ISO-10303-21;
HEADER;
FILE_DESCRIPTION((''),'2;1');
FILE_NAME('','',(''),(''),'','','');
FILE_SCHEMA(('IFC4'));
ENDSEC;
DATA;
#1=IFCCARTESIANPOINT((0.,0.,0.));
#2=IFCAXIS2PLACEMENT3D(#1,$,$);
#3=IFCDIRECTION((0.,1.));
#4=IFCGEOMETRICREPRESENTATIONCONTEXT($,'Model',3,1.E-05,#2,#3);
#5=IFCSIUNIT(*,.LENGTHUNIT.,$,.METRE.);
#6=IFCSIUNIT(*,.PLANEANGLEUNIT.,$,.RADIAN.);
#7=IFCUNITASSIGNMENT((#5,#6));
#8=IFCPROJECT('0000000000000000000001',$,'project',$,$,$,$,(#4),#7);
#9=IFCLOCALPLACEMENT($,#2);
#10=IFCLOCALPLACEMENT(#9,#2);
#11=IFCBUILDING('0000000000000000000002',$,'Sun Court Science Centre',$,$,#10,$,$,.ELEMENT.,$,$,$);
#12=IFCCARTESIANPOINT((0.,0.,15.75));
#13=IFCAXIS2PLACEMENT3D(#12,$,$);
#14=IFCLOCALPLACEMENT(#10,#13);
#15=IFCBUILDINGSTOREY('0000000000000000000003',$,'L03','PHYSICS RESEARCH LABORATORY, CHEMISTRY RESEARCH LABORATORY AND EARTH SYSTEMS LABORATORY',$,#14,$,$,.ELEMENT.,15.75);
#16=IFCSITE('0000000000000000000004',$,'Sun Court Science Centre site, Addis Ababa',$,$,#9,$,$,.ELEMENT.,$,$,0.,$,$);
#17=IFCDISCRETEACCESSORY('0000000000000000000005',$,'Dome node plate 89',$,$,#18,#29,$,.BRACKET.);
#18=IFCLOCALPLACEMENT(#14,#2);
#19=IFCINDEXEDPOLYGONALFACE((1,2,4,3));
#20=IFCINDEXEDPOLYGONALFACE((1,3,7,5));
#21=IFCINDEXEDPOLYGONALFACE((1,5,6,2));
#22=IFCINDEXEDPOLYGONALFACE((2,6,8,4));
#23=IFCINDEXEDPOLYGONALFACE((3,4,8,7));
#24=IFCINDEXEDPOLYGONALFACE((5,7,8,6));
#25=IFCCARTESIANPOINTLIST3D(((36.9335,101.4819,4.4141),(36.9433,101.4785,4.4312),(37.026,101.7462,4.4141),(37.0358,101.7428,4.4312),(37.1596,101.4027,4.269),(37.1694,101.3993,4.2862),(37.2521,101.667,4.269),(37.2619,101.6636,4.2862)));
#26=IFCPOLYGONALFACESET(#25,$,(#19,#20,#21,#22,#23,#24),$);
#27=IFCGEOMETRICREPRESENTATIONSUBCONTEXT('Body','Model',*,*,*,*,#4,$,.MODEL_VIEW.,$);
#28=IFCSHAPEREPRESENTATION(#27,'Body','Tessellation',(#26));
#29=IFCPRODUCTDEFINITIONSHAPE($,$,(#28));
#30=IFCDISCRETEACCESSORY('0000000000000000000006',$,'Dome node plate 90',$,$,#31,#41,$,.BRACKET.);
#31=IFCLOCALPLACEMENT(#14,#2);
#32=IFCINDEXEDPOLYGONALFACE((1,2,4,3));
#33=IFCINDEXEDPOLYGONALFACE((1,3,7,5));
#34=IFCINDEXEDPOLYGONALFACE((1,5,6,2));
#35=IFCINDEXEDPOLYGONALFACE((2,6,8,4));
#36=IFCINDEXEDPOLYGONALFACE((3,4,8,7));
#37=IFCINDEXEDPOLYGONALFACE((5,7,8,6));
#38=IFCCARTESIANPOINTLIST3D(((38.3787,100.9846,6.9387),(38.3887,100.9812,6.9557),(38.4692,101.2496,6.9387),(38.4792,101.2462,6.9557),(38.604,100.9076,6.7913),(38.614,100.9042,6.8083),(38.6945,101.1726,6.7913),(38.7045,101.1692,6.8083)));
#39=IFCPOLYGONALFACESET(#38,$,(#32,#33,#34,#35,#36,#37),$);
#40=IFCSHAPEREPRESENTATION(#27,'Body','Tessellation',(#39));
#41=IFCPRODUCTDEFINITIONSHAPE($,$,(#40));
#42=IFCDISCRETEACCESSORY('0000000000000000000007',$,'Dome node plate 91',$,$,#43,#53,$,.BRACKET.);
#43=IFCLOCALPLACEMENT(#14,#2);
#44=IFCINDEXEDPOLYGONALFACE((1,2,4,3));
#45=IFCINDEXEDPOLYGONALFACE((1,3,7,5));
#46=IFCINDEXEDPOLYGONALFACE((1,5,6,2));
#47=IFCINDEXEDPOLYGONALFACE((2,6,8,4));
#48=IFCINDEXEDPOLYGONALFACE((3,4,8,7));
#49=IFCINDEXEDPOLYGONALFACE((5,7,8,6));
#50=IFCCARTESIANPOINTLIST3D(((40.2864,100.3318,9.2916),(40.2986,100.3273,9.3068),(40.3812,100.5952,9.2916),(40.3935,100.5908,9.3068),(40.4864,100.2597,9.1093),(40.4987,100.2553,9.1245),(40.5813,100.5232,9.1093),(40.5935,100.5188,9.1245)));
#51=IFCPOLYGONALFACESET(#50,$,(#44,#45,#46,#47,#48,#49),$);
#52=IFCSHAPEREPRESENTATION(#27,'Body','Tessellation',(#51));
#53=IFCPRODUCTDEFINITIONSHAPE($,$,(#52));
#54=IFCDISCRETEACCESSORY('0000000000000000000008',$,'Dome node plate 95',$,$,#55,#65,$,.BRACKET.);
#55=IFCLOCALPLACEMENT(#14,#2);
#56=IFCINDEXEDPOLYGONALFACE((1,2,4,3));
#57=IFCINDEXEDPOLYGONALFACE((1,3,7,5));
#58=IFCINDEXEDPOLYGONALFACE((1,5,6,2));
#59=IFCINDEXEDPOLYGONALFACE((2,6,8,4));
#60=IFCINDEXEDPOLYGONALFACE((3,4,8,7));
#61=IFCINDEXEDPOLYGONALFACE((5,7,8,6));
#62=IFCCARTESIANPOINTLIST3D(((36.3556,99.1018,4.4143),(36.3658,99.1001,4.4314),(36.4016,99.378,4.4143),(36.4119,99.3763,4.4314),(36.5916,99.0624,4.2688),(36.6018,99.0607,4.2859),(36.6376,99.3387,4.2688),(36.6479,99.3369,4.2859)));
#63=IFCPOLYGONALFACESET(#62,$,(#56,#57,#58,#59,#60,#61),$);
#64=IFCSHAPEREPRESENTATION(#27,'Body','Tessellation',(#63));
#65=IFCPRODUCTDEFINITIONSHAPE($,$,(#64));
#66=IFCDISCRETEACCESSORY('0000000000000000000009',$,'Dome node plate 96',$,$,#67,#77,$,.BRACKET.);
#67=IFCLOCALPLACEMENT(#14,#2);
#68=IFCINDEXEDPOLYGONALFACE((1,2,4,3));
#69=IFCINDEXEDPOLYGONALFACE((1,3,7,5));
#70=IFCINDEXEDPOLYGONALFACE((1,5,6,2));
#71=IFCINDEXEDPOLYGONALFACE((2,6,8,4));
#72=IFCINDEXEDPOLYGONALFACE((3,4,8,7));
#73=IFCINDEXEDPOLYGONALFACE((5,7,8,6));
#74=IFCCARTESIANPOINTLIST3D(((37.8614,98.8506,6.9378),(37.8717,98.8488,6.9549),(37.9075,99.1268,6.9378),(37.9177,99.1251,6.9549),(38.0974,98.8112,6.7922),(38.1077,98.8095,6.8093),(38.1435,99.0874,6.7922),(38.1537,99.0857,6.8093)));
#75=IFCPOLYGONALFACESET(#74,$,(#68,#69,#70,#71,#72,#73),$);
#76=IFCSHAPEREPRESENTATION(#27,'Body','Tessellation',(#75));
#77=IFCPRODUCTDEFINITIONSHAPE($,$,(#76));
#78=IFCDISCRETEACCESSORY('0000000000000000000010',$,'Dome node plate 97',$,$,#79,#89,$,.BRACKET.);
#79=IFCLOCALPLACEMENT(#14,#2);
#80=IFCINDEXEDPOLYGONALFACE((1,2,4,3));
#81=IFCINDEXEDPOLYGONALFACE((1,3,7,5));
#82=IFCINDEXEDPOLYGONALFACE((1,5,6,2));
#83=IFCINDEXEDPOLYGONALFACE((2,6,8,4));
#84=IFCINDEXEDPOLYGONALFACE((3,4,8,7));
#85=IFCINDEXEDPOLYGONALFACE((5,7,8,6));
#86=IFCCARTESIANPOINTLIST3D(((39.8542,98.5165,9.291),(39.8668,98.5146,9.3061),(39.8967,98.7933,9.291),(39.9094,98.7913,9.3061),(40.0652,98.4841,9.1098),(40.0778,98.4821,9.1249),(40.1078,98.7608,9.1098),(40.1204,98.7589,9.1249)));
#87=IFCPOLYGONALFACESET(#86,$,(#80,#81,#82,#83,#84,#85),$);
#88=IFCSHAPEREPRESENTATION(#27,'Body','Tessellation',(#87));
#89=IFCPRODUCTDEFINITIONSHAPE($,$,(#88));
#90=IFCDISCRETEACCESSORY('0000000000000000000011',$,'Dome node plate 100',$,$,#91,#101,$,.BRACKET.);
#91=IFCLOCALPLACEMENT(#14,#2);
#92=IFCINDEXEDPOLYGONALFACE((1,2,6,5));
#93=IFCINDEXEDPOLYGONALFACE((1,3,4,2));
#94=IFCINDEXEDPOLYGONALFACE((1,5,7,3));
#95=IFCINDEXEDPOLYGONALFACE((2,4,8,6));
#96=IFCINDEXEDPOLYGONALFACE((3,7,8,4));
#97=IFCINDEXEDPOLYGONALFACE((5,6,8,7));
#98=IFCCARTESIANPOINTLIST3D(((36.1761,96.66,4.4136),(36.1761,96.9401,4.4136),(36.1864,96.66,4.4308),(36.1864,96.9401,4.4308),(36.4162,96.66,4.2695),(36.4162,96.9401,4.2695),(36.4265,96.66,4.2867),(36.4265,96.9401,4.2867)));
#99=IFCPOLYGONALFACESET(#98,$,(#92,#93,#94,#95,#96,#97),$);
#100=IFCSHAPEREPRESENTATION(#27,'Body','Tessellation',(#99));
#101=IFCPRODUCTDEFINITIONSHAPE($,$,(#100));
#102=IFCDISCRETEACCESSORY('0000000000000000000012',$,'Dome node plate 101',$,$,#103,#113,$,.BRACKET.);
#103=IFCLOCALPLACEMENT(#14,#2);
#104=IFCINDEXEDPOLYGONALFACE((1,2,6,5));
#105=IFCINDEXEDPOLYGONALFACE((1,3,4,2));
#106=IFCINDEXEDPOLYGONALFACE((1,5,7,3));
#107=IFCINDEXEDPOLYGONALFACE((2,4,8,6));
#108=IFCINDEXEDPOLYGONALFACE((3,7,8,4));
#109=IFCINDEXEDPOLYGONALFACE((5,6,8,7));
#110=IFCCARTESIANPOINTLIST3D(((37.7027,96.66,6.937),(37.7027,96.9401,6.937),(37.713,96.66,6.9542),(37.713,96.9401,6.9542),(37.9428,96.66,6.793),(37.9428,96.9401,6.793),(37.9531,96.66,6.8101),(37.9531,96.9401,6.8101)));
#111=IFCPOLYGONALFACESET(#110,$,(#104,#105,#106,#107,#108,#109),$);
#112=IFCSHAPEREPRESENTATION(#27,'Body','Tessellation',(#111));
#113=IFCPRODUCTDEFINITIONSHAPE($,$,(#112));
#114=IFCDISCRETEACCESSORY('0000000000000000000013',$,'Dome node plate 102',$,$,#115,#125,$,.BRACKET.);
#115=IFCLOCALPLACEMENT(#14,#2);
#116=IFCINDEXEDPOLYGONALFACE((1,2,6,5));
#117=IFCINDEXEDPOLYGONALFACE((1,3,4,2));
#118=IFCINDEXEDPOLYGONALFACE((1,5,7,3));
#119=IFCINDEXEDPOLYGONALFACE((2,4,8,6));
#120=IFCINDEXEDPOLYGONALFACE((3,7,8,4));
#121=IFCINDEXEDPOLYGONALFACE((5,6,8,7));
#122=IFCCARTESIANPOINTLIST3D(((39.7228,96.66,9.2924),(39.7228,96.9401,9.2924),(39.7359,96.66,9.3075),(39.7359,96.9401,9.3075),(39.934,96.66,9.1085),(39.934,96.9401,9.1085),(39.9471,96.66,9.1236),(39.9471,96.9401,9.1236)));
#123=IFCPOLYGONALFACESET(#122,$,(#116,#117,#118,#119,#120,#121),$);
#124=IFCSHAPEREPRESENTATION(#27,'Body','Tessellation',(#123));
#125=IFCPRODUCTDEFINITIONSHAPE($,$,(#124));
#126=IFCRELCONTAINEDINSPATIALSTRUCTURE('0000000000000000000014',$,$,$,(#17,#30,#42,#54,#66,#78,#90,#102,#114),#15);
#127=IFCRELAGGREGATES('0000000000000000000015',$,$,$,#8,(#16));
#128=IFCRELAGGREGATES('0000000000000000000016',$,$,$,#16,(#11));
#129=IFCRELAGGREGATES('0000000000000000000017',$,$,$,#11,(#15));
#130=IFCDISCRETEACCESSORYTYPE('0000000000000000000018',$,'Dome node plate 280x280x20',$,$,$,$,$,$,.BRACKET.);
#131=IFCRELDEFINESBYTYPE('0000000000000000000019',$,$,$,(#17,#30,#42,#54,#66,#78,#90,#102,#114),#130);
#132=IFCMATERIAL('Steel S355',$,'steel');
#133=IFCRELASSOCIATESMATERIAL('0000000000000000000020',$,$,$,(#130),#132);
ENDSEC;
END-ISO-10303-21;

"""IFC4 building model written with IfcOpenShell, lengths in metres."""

from ifc_helpers import new_model, si_unit, direction, frame, origin, origin_2d, place, context, subcontext, project, spatial, rectangle, extrude, material, material_profile, profile_set, type_object, element, save


model = new_model("IFC4")

# Units and contexts
model_context = context("Model", 3, precision=1e-05, world=origin(), true_north=direction((0.0, 1.0)))
body_context = subcontext(model_context, "Body", "Model", "MODEL_VIEW")
ifc_project = project(units=[si_unit("LENGTHUNIT", "METRE"), si_unit("PLANEANGLEUNIT", "RADIAN")], contexts=[model_context])

# Site, building, storey
site_placement = place(None, origin())
site = spatial("IfcSite", under=ifc_project, at=site_placement, Name="Sun Court Science Centre site, Addis Ababa", CompositionType="ELEMENT", RefElevation=0.0)
building_placement = place(site_placement, origin())
building = spatial("IfcBuilding", under=site, at=building_placement, Name="Sun Court Science Centre", CompositionType="ELEMENT")
storey_placement = place(building_placement, frame((0.0, 0.0, 15.75)))
storey = spatial("IfcBuildingStorey", under=building, at=storey_placement, Name="L03", Description="PHYSICS RESEARCH LABORATORY, CHEMISTRY RESEARCH LABORATORY AND EARTH SYSTEMS LABORATORY", CompositionType="ELEMENT", Elevation=15.75)

# Discrete accessories
ifc_material_1 = material(Name="Steel S355", Category="steel")
ifc_material_profile_1 = material_profile(ifc_material_1, rectangle(XDim=0.28, YDim=0.28, at=origin_2d()), Name="PL 280x280")
ifc_profile_set_1 = profile_set([ifc_material_profile_1], Name="Steel S355")
discrete_accessory_type = type_object("IfcDiscreteAccessoryType", Name="Dome node plate 280x280x20", PredefinedType="BRACKET", material=ifc_profile_set_1)
for number, where, z_axis, x_axis, name in (
    (1, (37.0928, 101.5745, 4.3416), (0.488824, -0.171088, 0.855442), (0.33035, 0.943858, 0.0), "Dome node plate 89"),
    (2, (38.5366, 101.0786, 6.865), (0.498041, -0.170063, 0.850314), (0.323144, 0.94635, 0.0), "Dome node plate 90"),
    (3, (40.4338, 100.4275, 9.2004), (0.612311, -0.220432, 0.759266), (0.338719, 0.940887, 0.0), "Dome node plate 91"),
    (4, (36.4966, 99.2202, 4.3416), (0.512615, -0.085436, 0.854358), (0.164399, 0.986394, 0.0), "Dome node plate 95"),
    (5, (38.0024, 98.969, 6.865), (0.512615, -0.085436, 0.854358), (0.164399, 0.986394, 0.0), "Dome node plate 96"),
):
    element("IfcDiscreteAccessory", number, at=place(storey_placement, frame(where, z_axis=z_axis, x_axis=x_axis)), inside=storey, type_object=discrete_accessory_type, Name=name, PredefinedType="BRACKET", context=body_context, shape_type="SweptSolid", body=[
        extrude(rectangle(XDim=0.28, YDim=0.28, at=origin_2d()), origin(), (0.0, 0.0, 1.0), 0.02),
    ])
discrete_accessory_placement = place(storey_placement, frame((39.981, 98.6387, 9.2004), z_axis=(0.639495, -0.098384, 0.762474), x_axis=(0.152057, 0.988372, 0.0)))
element("IfcDiscreteAccessory", 6, at=discrete_accessory_placement, inside=storey, type_object=discrete_accessory_type, Name="Dome node plate 97", PredefinedType="BRACKET", context=body_context, shape_type="SweptSolid", body=[
    extrude(rectangle(XDim=0.28, YDim=0.28, at=origin_2d()), origin(), (0.0, 0.0, 1.0), 0.0198),
])
for number, where, z_axis, x_axis, name in (
    (7, (36.2961, 96.8, 4.3416), (0.514496, 0.0, 0.857493), (0.0, 1.0, 0.0), "Dome node plate 100"),
    (8, (37.8228, 96.8, 6.865), (0.514496, 0.0, 0.857493), (0.0, 1.0, 0.0), "Dome node plate 101"),
    (9, (39.8284, 96.8, 9.2004), (0.656781, 0.0, 0.754082), (0.0, 1.0, 0.0), "Dome node plate 102"),
):
    element("IfcDiscreteAccessory", number, at=place(storey_placement, frame(where, z_axis=z_axis, x_axis=x_axis)), inside=storey, type_object=discrete_accessory_type, Name=name, PredefinedType="BRACKET", context=body_context, shape_type="SweptSolid", body=[
        extrude(rectangle(XDim=0.28, YDim=0.28, at=origin_2d()), origin(), (0.0, 0.0, 1.0), 0.02),
    ])

save(model, "model.ifc")
